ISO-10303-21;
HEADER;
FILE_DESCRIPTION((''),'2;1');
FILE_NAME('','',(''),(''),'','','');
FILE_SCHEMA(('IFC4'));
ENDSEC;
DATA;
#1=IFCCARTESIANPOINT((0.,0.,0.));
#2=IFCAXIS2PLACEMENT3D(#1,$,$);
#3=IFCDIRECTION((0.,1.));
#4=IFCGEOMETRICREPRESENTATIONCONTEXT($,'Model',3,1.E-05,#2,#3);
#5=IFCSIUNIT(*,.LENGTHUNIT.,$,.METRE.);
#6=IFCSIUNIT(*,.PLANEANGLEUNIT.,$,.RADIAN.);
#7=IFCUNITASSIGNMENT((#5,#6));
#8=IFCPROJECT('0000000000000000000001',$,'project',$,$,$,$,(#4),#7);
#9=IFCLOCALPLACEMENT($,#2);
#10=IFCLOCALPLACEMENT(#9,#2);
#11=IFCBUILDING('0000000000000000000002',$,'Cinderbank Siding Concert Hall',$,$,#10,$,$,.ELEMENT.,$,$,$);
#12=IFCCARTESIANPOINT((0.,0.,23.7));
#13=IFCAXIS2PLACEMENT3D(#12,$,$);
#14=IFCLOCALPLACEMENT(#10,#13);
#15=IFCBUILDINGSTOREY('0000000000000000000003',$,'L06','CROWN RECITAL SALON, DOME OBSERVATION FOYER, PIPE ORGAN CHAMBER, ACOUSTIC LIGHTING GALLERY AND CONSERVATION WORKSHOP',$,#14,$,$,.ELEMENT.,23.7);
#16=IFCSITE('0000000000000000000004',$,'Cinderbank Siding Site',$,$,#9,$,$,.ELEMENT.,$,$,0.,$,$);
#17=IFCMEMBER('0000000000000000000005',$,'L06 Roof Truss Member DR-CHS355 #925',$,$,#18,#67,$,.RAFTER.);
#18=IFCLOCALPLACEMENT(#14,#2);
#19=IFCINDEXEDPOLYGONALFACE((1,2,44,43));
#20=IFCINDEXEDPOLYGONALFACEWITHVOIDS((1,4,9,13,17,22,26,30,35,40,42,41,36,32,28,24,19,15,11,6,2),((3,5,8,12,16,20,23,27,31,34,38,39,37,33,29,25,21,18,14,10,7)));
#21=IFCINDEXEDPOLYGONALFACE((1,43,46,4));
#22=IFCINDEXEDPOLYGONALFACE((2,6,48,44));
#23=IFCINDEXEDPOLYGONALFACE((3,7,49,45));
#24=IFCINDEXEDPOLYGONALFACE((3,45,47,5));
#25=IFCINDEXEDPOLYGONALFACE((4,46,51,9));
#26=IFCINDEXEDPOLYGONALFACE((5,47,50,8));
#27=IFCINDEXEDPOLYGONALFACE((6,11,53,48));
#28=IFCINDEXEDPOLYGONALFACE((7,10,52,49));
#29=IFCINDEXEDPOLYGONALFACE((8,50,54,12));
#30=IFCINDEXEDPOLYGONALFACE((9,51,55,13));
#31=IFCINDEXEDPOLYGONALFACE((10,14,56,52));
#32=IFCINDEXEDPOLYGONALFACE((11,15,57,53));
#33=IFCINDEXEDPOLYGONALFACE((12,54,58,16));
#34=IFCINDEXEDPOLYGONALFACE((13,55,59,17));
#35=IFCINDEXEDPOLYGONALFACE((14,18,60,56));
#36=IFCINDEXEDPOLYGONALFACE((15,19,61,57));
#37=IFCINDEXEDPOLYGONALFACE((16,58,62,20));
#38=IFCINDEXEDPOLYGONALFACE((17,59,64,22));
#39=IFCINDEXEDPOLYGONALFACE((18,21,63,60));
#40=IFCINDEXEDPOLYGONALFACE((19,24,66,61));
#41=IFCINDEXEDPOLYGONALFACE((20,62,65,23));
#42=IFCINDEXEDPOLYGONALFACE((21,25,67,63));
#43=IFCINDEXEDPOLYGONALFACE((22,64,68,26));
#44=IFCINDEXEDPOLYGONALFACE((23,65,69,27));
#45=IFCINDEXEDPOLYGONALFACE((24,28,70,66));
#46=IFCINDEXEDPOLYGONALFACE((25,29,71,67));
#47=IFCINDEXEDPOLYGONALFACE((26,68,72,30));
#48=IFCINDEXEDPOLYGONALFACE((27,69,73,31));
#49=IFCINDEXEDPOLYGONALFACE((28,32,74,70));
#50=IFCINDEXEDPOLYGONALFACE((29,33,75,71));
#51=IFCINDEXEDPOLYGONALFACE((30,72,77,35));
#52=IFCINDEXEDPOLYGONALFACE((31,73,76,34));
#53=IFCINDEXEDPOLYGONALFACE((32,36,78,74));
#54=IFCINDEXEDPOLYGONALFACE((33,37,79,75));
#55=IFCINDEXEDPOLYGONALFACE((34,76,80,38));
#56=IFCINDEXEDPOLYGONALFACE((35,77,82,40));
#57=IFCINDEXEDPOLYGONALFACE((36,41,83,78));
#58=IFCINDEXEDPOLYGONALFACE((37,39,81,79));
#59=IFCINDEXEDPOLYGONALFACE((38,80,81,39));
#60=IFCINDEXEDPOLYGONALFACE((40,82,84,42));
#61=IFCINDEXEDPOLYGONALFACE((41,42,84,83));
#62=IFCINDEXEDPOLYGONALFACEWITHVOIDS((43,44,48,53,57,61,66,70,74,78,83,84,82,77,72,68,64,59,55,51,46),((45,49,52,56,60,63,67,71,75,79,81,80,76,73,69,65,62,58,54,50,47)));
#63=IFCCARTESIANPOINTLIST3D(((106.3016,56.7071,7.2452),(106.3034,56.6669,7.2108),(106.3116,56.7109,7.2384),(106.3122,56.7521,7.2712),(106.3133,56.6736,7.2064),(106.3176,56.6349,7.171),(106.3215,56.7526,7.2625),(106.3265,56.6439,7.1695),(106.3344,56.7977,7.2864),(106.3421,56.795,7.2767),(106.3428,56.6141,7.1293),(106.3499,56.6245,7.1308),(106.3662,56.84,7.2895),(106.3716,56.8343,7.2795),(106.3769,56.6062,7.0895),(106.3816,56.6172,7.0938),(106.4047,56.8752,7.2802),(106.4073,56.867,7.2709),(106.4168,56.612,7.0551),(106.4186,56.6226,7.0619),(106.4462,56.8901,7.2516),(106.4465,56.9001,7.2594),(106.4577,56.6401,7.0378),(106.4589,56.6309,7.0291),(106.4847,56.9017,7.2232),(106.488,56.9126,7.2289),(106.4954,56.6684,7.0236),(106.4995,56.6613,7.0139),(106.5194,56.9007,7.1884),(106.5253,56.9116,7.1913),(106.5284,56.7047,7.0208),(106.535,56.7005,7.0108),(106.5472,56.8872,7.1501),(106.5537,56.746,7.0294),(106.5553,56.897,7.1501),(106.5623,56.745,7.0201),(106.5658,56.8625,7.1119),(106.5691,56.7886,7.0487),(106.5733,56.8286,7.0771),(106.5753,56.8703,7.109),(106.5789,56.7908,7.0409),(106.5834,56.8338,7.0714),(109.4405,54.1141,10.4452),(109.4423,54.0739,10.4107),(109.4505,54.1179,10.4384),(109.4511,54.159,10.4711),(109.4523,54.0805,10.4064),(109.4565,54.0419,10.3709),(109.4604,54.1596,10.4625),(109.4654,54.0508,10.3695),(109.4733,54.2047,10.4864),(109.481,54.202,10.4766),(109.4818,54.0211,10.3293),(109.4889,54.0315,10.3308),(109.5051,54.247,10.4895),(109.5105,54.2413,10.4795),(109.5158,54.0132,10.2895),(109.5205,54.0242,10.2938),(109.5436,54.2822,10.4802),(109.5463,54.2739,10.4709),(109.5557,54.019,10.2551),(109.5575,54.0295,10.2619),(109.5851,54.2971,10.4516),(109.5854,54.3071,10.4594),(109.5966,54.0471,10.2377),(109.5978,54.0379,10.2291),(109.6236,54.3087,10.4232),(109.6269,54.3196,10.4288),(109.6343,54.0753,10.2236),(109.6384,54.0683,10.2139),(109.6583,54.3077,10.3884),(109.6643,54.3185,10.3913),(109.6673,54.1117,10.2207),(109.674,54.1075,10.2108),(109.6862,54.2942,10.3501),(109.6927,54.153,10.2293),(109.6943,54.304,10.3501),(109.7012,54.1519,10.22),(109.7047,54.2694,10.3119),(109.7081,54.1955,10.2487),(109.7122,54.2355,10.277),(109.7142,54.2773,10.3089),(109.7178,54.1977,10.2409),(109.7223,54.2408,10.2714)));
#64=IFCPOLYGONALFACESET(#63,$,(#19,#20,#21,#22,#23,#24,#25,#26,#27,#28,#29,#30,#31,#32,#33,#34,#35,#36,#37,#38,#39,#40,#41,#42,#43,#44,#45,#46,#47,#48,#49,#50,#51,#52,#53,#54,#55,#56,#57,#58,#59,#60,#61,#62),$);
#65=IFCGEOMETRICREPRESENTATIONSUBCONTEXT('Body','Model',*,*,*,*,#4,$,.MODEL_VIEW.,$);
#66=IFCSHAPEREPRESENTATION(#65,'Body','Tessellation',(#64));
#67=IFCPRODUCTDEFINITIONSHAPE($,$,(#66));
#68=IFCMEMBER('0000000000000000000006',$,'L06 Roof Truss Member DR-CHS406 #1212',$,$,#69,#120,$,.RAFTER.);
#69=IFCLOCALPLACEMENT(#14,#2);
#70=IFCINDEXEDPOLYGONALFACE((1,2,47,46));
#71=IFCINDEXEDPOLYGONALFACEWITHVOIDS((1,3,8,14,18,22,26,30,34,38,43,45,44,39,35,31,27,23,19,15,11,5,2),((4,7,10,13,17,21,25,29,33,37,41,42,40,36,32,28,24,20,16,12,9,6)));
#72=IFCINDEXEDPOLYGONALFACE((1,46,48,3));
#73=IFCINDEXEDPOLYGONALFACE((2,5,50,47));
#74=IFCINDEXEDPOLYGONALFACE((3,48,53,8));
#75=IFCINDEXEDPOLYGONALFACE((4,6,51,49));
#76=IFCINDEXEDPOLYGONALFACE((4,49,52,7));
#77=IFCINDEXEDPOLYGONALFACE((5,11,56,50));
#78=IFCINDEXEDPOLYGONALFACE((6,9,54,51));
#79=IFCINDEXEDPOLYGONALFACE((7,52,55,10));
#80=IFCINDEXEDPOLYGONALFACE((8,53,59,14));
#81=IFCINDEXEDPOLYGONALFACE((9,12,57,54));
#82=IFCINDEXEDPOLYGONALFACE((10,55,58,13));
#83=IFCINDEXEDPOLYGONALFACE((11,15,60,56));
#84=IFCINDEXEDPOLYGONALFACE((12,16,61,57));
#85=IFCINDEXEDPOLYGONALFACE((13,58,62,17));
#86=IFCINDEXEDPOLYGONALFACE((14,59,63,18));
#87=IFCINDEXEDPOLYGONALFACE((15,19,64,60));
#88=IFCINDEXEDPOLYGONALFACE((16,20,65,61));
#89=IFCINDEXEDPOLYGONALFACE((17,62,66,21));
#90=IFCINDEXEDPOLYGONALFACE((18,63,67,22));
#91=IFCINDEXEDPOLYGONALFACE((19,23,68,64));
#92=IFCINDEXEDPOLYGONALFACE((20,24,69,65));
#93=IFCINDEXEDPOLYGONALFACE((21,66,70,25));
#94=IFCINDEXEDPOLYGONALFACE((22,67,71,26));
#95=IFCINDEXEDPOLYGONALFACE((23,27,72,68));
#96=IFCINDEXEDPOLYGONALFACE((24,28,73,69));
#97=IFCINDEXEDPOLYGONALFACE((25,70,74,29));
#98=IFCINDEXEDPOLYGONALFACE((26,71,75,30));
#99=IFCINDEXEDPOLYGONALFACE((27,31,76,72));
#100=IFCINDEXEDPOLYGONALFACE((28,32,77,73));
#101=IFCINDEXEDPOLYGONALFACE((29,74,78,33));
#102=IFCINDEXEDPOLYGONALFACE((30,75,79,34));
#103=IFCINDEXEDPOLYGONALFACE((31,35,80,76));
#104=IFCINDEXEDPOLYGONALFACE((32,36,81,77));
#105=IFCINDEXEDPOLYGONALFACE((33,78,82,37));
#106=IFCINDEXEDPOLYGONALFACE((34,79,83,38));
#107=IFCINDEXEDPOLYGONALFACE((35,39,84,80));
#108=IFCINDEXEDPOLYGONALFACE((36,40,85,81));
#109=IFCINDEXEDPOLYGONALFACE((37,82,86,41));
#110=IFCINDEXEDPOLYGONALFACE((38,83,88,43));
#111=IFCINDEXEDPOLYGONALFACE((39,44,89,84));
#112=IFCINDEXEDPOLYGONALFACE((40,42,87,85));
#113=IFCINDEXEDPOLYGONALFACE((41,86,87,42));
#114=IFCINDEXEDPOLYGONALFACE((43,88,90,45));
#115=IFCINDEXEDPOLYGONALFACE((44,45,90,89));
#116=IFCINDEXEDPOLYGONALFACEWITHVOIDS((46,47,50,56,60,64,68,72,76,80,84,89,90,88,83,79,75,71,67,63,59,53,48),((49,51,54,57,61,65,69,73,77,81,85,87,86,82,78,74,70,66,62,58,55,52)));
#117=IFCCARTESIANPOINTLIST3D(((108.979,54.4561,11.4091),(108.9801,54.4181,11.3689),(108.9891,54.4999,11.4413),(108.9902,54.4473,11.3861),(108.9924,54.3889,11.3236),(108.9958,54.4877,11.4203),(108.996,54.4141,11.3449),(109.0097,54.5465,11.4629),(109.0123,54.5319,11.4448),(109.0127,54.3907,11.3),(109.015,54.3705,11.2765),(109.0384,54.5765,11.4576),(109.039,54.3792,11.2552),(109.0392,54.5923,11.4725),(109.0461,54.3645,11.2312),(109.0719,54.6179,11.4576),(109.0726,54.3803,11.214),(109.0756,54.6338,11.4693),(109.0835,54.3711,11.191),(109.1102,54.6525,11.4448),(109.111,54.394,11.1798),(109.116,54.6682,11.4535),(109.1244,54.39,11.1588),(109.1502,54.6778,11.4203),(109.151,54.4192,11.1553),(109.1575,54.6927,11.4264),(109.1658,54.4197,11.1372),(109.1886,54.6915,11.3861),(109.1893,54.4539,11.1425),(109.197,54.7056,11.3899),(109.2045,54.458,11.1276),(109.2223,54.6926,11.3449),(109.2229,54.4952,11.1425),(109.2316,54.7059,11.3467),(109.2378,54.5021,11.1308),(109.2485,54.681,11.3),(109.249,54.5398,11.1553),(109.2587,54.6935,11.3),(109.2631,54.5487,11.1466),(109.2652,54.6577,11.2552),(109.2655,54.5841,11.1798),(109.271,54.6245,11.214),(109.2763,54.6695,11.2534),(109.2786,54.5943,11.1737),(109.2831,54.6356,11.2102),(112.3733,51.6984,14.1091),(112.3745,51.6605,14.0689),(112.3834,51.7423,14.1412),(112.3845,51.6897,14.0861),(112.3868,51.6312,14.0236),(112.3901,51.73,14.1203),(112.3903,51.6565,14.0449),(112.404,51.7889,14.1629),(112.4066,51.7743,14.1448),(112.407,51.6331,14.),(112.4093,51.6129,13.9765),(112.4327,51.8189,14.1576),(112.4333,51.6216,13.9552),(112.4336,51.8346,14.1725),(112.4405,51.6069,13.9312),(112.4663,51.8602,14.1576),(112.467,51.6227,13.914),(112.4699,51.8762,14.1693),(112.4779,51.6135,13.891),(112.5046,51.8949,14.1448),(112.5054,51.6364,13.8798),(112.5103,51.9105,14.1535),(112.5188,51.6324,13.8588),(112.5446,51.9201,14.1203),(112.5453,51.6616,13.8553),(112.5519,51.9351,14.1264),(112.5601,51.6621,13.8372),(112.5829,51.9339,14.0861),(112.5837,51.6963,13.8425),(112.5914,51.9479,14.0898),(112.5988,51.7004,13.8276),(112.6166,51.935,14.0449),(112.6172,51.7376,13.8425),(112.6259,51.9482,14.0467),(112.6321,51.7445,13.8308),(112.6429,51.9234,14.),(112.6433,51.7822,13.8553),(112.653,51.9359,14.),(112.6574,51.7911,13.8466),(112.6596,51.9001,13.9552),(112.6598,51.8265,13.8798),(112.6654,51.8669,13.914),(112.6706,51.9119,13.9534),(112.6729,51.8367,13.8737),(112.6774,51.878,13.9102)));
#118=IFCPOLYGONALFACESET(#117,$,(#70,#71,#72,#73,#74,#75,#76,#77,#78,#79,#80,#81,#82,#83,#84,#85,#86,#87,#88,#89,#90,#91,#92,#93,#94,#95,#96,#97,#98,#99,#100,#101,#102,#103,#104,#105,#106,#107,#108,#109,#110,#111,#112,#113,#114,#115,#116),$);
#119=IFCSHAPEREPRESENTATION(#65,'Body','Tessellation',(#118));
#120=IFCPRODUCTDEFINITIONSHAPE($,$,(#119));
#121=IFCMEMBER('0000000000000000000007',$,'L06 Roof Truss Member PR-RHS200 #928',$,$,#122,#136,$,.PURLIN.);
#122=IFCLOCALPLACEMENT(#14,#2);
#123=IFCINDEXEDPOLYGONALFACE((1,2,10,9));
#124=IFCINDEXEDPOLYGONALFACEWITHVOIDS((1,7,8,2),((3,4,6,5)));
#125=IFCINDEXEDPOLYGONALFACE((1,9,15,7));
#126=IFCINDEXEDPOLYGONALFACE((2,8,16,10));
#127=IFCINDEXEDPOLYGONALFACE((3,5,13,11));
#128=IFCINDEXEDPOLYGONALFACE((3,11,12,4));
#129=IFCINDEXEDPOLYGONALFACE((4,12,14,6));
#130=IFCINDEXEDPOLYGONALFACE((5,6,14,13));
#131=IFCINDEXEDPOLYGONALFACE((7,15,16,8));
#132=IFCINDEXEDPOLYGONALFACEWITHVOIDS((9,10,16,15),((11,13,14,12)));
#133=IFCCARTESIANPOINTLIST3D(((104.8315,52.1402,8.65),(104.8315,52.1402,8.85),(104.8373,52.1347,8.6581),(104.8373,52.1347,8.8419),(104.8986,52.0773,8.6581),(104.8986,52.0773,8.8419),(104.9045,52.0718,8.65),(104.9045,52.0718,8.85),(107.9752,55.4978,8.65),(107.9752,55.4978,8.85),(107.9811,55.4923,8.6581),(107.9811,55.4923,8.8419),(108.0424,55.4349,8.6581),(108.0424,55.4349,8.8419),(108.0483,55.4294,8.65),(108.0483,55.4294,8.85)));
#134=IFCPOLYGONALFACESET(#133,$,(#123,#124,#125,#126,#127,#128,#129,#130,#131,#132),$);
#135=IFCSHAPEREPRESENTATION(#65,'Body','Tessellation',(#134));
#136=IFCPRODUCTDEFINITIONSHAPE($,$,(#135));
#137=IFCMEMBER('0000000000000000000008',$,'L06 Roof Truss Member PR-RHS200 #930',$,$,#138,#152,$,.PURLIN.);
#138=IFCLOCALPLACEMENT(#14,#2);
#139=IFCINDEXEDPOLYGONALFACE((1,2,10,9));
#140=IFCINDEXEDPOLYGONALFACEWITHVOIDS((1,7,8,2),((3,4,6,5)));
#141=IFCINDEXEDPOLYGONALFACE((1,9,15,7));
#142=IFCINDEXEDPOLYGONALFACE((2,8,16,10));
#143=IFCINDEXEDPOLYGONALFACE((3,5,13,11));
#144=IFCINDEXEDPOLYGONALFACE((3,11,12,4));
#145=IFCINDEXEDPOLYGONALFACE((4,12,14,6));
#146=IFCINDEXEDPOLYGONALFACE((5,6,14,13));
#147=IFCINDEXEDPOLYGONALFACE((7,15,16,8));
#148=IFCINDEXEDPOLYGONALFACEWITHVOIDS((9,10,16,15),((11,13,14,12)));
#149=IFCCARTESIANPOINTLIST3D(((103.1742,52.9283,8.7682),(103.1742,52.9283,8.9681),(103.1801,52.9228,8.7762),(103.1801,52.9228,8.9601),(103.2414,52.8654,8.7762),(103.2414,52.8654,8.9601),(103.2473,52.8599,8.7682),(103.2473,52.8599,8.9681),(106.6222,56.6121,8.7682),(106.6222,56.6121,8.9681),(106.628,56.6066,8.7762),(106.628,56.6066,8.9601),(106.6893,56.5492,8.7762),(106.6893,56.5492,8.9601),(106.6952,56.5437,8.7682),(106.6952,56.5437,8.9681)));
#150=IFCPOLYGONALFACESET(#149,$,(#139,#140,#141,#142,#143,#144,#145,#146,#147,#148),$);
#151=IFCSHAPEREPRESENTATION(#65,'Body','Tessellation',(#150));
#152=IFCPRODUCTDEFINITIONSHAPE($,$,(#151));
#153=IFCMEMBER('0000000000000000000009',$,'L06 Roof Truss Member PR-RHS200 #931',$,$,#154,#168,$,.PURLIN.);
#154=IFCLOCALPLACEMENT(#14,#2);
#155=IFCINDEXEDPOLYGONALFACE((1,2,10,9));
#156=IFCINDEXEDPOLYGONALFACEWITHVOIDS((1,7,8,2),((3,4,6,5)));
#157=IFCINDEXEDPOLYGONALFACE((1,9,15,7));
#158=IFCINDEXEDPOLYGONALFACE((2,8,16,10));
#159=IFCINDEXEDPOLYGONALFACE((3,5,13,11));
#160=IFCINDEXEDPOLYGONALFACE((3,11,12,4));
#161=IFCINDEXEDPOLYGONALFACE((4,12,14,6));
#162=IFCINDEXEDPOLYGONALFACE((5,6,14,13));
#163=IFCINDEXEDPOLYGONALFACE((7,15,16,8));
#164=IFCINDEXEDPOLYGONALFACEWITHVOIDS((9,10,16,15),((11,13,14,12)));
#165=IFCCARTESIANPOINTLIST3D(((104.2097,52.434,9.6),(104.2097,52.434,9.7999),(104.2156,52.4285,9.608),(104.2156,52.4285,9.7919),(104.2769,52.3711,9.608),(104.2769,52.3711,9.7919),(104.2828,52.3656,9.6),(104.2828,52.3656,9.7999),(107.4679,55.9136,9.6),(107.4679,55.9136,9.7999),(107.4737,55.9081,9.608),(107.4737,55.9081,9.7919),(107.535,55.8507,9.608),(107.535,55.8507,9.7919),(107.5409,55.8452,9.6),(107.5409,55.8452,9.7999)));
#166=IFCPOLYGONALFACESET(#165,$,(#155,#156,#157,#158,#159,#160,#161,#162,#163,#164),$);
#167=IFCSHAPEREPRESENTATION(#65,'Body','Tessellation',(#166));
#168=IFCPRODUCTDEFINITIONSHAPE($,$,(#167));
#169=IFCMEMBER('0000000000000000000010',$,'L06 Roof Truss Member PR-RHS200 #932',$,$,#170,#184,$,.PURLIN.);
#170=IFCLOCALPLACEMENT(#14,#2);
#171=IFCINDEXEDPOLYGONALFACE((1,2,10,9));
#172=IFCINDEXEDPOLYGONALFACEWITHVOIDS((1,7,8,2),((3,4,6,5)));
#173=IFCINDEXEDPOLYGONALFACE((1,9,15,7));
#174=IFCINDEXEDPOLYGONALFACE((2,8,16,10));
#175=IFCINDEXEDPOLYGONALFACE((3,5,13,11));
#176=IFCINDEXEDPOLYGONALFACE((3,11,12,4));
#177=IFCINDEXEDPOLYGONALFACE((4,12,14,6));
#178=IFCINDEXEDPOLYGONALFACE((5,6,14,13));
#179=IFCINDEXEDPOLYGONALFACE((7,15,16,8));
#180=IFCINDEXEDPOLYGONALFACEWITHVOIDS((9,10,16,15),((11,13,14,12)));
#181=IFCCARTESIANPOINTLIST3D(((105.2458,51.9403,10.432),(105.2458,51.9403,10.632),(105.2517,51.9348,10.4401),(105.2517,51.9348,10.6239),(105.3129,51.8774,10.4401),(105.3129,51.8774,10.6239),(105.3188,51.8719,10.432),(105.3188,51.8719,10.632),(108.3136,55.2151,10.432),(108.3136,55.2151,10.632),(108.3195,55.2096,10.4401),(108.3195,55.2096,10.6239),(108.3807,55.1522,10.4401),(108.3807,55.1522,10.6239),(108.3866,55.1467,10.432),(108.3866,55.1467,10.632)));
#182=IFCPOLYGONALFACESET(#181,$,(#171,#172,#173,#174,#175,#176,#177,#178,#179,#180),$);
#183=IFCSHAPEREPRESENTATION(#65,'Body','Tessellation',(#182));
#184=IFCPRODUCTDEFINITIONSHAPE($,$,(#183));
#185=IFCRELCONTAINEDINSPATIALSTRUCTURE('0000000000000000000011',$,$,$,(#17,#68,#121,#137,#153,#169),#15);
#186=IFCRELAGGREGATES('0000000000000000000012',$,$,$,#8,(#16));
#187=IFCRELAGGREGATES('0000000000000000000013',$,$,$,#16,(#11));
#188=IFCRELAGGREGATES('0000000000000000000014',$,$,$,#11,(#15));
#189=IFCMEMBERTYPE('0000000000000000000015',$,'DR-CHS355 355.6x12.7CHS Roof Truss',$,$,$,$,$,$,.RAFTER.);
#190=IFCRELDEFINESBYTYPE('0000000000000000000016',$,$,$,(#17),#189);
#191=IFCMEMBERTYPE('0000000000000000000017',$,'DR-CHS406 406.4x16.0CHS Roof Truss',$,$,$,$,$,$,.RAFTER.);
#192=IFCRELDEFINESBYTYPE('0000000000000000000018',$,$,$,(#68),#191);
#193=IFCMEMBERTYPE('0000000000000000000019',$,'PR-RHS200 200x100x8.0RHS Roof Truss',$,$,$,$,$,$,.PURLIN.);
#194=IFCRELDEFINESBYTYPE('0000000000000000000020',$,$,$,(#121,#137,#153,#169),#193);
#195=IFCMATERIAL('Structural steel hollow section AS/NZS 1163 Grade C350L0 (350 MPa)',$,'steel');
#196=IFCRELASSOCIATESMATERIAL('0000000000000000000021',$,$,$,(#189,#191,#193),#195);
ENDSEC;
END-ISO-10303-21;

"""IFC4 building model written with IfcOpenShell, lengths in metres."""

from ifc_helpers import new_model, si_unit, direction, frame, origin, origin_2d, place, context, subcontext, project, spatial, hollow_rectangle, hollow_circle, extrude, material, material_profile, profile_set, type_object, element, save


model = new_model("IFC4")

# Units and contexts
model_context = context("Model", 3, precision=1e-05, world=origin(), true_north=direction((0.0, 1.0)))
body_context = subcontext(model_context, "Body", "Model", "MODEL_VIEW")
ifc_project = project(units=[si_unit("LENGTHUNIT", "METRE"), si_unit("PLANEANGLEUNIT", "RADIAN")], contexts=[model_context])

# Site, building, storey
site_placement = place(None, origin())
site = spatial("IfcSite", under=ifc_project, at=site_placement, Name="Cinderbank Siding Site", CompositionType="ELEMENT", RefElevation=0.0)
building_placement = place(site_placement, origin())
building = spatial("IfcBuilding", under=site, at=building_placement, Name="Cinderbank Siding Concert Hall", CompositionType="ELEMENT")
storey_placement = place(building_placement, frame((0.0, 0.0, 23.7)))
storey = spatial("IfcBuildingStorey", under=building, at=storey_placement, Name="L06", Description="CROWN RECITAL SALON, DOME OBSERVATION FOYER, PIPE ORGAN CHAMBER, ACOUSTIC LIGHTING GALLERY AND CONSERVATION WORKSHOP", CompositionType="ELEMENT", Elevation=23.7)

# Members
ifc_material_1 = material(Name="Structural steel hollow section AS/NZS 1163 Grade C350L0 (350 MPa)", Category="steel")
ifc_material_profile_1 = material_profile(ifc_material_1, hollow_circle(Radius=0.1777, WallThickness=0.0127, at=origin_2d()), Name="355.6x12.7CHS", Category="LoadBearing")
ifc_profile_set_1 = profile_set([ifc_material_profile_1], Name="Structural steel hollow section AS/NZS 1163 Grade C350L0 (350 MPa)")
member_type_1 = type_object("IfcMemberType", Name="DR-CHS355 355.6x12.7CHS Roof Truss", PredefinedType="RAFTER", material=ifc_profile_set_1)
member_1_placement = place(storey_placement, frame((106.4421, 56.76, 7.1501), z_axis=(0.606151, -0.500734, 0.617938), x_axis=(0.636881, 0.770962, 0.0)))
element("IfcMember", 1, at=member_1_placement, inside=storey, type_object=member_type_1, Name="L06 Roof Truss Member DR-CHS355 #925", PredefinedType="RAFTER", context=body_context, shape_type="SweptSolid", body=[
    extrude(hollow_circle(Radius=0.1777, WallThickness=0.0127, at=origin_2d()), origin(), (0.0, 0.0, 1.0), 5.1785),
])
ifc_material_profile_2 = material_profile(ifc_material_1, hollow_circle(Radius=0.2031, WallThickness=0.0161, at=origin_2d()), Name="406.4x16.0CHS", Category="LoadBearing")
ifc_profile_set_2 = profile_set([ifc_material_profile_2], Name="Structural steel hollow section AS/NZS 1163 Grade C350L0 (350 MPa)")
member_type_2 = type_object("IfcMemberType", Name="DR-CHS406 406.4x16.0CHS Roof Truss", PredefinedType="RAFTER", material=ifc_profile_set_2)
member_2_placement = place(storey_placement, frame((109.1306, 54.5359, 11.3), z_axis=(0.660423, -0.536538, 0.525327), x_axis=(0.630553, 0.776146, 0.0)))
element("IfcMember", 2, at=member_2_placement, inside=storey, type_object=member_type_2, Name="L06 Roof Truss Member DR-CHS406 #1212", PredefinedType="RAFTER", context=body_context, shape_type="SweptSolid", body=[
    extrude(hollow_circle(Radius=0.2031, WallThickness=0.0161, at=origin_2d()), origin(), (0.0, 0.0, 1.0), 5.1396),
])
ifc_material_profile_3 = material_profile(ifc_material_1, hollow_rectangle(XDim=0.1001, YDim=0.2, WallThickness=0.0081, at=origin_2d()), Name="200x100x8.0RHS", Category="LoadBearing")
ifc_profile_set_3 = profile_set([ifc_material_profile_3], Name="Structural steel hollow section AS/NZS 1163 Grade C350L0 (350 MPa)")
member_type_3 = type_object("IfcMemberType", Name="PR-RHS200 200x100x8.0RHS Roof Truss", PredefinedType="PURLIN", material=ifc_profile_set_3)
member_3_placement = place(storey_placement, frame((108.0117, 55.4636, 8.75), z_axis=(-0.683477, -0.729972, 0.0), x_axis=(0.729972, -0.683477, 0.0)))
element("IfcMember", 3, at=member_3_placement, inside=storey, type_object=member_type_3, Name="L06 Roof Truss Member PR-RHS200 #928", PredefinedType="PURLIN", context=body_context, shape_type="SweptSolid", body=[
    extrude(hollow_rectangle(XDim=0.1001, YDim=0.2, WallThickness=0.0081, at=origin_2d()), origin(), (0.0, 0.0, 1.0), 4.5996),
])
member_4_placement = place(storey_placement, frame((106.6587, 56.5779, 8.8682), z_axis=(-0.68335, -0.730091, 0.0), x_axis=(0.730091, -0.68335, 0.0)))
element("IfcMember", 4, at=member_4_placement, inside=storey, type_object=member_type_3, Name="L06 Roof Truss Member PR-RHS200 #930", PredefinedType="PURLIN", context=body_context, shape_type="SweptSolid", body=[
    extrude(hollow_rectangle(XDim=0.1001, YDim=0.2, WallThickness=0.0081, at=origin_2d()), origin(), (0.0, 0.0, 1.0), 5.0457),
])
member_5_placement = place(storey_placement, frame((107.5044, 55.8794, 9.7), z_axis=(-0.683498, -0.729952, 0.0), x_axis=(0.729952, -0.683498, 0.0)))
element("IfcMember", 5, at=member_5_placement, inside=storey, type_object=member_type_3, Name="L06 Roof Truss Member PR-RHS200 #931", PredefinedType="PURLIN", context=body_context, shape_type="SweptSolid", body=[
    extrude(hollow_rectangle(XDim=0.1001, YDim=0.2, WallThickness=0.0081, at=origin_2d()), origin(), (0.0, 0.0, 1.0), 4.7668),
])
member_6_placement = place(storey_placement, frame((108.3501, 55.1809, 10.532), z_axis=(-0.683662, -0.729798, 0.0), x_axis=(0.729798, -0.683662, 0.0)))
element("IfcMember", 6, at=member_6_placement, inside=storey, type_object=member_type_3, Name="L06 Roof Truss Member PR-RHS200 #932", PredefinedType="PURLIN", context=body_context, shape_type="SweptSolid", body=[
    extrude(hollow_rectangle(XDim=0.1001, YDim=0.2, WallThickness=0.0081, at=origin_2d()), origin(), (0.0, 0.0, 1.0), 4.4873),
])

save(model, "model.ifc")
